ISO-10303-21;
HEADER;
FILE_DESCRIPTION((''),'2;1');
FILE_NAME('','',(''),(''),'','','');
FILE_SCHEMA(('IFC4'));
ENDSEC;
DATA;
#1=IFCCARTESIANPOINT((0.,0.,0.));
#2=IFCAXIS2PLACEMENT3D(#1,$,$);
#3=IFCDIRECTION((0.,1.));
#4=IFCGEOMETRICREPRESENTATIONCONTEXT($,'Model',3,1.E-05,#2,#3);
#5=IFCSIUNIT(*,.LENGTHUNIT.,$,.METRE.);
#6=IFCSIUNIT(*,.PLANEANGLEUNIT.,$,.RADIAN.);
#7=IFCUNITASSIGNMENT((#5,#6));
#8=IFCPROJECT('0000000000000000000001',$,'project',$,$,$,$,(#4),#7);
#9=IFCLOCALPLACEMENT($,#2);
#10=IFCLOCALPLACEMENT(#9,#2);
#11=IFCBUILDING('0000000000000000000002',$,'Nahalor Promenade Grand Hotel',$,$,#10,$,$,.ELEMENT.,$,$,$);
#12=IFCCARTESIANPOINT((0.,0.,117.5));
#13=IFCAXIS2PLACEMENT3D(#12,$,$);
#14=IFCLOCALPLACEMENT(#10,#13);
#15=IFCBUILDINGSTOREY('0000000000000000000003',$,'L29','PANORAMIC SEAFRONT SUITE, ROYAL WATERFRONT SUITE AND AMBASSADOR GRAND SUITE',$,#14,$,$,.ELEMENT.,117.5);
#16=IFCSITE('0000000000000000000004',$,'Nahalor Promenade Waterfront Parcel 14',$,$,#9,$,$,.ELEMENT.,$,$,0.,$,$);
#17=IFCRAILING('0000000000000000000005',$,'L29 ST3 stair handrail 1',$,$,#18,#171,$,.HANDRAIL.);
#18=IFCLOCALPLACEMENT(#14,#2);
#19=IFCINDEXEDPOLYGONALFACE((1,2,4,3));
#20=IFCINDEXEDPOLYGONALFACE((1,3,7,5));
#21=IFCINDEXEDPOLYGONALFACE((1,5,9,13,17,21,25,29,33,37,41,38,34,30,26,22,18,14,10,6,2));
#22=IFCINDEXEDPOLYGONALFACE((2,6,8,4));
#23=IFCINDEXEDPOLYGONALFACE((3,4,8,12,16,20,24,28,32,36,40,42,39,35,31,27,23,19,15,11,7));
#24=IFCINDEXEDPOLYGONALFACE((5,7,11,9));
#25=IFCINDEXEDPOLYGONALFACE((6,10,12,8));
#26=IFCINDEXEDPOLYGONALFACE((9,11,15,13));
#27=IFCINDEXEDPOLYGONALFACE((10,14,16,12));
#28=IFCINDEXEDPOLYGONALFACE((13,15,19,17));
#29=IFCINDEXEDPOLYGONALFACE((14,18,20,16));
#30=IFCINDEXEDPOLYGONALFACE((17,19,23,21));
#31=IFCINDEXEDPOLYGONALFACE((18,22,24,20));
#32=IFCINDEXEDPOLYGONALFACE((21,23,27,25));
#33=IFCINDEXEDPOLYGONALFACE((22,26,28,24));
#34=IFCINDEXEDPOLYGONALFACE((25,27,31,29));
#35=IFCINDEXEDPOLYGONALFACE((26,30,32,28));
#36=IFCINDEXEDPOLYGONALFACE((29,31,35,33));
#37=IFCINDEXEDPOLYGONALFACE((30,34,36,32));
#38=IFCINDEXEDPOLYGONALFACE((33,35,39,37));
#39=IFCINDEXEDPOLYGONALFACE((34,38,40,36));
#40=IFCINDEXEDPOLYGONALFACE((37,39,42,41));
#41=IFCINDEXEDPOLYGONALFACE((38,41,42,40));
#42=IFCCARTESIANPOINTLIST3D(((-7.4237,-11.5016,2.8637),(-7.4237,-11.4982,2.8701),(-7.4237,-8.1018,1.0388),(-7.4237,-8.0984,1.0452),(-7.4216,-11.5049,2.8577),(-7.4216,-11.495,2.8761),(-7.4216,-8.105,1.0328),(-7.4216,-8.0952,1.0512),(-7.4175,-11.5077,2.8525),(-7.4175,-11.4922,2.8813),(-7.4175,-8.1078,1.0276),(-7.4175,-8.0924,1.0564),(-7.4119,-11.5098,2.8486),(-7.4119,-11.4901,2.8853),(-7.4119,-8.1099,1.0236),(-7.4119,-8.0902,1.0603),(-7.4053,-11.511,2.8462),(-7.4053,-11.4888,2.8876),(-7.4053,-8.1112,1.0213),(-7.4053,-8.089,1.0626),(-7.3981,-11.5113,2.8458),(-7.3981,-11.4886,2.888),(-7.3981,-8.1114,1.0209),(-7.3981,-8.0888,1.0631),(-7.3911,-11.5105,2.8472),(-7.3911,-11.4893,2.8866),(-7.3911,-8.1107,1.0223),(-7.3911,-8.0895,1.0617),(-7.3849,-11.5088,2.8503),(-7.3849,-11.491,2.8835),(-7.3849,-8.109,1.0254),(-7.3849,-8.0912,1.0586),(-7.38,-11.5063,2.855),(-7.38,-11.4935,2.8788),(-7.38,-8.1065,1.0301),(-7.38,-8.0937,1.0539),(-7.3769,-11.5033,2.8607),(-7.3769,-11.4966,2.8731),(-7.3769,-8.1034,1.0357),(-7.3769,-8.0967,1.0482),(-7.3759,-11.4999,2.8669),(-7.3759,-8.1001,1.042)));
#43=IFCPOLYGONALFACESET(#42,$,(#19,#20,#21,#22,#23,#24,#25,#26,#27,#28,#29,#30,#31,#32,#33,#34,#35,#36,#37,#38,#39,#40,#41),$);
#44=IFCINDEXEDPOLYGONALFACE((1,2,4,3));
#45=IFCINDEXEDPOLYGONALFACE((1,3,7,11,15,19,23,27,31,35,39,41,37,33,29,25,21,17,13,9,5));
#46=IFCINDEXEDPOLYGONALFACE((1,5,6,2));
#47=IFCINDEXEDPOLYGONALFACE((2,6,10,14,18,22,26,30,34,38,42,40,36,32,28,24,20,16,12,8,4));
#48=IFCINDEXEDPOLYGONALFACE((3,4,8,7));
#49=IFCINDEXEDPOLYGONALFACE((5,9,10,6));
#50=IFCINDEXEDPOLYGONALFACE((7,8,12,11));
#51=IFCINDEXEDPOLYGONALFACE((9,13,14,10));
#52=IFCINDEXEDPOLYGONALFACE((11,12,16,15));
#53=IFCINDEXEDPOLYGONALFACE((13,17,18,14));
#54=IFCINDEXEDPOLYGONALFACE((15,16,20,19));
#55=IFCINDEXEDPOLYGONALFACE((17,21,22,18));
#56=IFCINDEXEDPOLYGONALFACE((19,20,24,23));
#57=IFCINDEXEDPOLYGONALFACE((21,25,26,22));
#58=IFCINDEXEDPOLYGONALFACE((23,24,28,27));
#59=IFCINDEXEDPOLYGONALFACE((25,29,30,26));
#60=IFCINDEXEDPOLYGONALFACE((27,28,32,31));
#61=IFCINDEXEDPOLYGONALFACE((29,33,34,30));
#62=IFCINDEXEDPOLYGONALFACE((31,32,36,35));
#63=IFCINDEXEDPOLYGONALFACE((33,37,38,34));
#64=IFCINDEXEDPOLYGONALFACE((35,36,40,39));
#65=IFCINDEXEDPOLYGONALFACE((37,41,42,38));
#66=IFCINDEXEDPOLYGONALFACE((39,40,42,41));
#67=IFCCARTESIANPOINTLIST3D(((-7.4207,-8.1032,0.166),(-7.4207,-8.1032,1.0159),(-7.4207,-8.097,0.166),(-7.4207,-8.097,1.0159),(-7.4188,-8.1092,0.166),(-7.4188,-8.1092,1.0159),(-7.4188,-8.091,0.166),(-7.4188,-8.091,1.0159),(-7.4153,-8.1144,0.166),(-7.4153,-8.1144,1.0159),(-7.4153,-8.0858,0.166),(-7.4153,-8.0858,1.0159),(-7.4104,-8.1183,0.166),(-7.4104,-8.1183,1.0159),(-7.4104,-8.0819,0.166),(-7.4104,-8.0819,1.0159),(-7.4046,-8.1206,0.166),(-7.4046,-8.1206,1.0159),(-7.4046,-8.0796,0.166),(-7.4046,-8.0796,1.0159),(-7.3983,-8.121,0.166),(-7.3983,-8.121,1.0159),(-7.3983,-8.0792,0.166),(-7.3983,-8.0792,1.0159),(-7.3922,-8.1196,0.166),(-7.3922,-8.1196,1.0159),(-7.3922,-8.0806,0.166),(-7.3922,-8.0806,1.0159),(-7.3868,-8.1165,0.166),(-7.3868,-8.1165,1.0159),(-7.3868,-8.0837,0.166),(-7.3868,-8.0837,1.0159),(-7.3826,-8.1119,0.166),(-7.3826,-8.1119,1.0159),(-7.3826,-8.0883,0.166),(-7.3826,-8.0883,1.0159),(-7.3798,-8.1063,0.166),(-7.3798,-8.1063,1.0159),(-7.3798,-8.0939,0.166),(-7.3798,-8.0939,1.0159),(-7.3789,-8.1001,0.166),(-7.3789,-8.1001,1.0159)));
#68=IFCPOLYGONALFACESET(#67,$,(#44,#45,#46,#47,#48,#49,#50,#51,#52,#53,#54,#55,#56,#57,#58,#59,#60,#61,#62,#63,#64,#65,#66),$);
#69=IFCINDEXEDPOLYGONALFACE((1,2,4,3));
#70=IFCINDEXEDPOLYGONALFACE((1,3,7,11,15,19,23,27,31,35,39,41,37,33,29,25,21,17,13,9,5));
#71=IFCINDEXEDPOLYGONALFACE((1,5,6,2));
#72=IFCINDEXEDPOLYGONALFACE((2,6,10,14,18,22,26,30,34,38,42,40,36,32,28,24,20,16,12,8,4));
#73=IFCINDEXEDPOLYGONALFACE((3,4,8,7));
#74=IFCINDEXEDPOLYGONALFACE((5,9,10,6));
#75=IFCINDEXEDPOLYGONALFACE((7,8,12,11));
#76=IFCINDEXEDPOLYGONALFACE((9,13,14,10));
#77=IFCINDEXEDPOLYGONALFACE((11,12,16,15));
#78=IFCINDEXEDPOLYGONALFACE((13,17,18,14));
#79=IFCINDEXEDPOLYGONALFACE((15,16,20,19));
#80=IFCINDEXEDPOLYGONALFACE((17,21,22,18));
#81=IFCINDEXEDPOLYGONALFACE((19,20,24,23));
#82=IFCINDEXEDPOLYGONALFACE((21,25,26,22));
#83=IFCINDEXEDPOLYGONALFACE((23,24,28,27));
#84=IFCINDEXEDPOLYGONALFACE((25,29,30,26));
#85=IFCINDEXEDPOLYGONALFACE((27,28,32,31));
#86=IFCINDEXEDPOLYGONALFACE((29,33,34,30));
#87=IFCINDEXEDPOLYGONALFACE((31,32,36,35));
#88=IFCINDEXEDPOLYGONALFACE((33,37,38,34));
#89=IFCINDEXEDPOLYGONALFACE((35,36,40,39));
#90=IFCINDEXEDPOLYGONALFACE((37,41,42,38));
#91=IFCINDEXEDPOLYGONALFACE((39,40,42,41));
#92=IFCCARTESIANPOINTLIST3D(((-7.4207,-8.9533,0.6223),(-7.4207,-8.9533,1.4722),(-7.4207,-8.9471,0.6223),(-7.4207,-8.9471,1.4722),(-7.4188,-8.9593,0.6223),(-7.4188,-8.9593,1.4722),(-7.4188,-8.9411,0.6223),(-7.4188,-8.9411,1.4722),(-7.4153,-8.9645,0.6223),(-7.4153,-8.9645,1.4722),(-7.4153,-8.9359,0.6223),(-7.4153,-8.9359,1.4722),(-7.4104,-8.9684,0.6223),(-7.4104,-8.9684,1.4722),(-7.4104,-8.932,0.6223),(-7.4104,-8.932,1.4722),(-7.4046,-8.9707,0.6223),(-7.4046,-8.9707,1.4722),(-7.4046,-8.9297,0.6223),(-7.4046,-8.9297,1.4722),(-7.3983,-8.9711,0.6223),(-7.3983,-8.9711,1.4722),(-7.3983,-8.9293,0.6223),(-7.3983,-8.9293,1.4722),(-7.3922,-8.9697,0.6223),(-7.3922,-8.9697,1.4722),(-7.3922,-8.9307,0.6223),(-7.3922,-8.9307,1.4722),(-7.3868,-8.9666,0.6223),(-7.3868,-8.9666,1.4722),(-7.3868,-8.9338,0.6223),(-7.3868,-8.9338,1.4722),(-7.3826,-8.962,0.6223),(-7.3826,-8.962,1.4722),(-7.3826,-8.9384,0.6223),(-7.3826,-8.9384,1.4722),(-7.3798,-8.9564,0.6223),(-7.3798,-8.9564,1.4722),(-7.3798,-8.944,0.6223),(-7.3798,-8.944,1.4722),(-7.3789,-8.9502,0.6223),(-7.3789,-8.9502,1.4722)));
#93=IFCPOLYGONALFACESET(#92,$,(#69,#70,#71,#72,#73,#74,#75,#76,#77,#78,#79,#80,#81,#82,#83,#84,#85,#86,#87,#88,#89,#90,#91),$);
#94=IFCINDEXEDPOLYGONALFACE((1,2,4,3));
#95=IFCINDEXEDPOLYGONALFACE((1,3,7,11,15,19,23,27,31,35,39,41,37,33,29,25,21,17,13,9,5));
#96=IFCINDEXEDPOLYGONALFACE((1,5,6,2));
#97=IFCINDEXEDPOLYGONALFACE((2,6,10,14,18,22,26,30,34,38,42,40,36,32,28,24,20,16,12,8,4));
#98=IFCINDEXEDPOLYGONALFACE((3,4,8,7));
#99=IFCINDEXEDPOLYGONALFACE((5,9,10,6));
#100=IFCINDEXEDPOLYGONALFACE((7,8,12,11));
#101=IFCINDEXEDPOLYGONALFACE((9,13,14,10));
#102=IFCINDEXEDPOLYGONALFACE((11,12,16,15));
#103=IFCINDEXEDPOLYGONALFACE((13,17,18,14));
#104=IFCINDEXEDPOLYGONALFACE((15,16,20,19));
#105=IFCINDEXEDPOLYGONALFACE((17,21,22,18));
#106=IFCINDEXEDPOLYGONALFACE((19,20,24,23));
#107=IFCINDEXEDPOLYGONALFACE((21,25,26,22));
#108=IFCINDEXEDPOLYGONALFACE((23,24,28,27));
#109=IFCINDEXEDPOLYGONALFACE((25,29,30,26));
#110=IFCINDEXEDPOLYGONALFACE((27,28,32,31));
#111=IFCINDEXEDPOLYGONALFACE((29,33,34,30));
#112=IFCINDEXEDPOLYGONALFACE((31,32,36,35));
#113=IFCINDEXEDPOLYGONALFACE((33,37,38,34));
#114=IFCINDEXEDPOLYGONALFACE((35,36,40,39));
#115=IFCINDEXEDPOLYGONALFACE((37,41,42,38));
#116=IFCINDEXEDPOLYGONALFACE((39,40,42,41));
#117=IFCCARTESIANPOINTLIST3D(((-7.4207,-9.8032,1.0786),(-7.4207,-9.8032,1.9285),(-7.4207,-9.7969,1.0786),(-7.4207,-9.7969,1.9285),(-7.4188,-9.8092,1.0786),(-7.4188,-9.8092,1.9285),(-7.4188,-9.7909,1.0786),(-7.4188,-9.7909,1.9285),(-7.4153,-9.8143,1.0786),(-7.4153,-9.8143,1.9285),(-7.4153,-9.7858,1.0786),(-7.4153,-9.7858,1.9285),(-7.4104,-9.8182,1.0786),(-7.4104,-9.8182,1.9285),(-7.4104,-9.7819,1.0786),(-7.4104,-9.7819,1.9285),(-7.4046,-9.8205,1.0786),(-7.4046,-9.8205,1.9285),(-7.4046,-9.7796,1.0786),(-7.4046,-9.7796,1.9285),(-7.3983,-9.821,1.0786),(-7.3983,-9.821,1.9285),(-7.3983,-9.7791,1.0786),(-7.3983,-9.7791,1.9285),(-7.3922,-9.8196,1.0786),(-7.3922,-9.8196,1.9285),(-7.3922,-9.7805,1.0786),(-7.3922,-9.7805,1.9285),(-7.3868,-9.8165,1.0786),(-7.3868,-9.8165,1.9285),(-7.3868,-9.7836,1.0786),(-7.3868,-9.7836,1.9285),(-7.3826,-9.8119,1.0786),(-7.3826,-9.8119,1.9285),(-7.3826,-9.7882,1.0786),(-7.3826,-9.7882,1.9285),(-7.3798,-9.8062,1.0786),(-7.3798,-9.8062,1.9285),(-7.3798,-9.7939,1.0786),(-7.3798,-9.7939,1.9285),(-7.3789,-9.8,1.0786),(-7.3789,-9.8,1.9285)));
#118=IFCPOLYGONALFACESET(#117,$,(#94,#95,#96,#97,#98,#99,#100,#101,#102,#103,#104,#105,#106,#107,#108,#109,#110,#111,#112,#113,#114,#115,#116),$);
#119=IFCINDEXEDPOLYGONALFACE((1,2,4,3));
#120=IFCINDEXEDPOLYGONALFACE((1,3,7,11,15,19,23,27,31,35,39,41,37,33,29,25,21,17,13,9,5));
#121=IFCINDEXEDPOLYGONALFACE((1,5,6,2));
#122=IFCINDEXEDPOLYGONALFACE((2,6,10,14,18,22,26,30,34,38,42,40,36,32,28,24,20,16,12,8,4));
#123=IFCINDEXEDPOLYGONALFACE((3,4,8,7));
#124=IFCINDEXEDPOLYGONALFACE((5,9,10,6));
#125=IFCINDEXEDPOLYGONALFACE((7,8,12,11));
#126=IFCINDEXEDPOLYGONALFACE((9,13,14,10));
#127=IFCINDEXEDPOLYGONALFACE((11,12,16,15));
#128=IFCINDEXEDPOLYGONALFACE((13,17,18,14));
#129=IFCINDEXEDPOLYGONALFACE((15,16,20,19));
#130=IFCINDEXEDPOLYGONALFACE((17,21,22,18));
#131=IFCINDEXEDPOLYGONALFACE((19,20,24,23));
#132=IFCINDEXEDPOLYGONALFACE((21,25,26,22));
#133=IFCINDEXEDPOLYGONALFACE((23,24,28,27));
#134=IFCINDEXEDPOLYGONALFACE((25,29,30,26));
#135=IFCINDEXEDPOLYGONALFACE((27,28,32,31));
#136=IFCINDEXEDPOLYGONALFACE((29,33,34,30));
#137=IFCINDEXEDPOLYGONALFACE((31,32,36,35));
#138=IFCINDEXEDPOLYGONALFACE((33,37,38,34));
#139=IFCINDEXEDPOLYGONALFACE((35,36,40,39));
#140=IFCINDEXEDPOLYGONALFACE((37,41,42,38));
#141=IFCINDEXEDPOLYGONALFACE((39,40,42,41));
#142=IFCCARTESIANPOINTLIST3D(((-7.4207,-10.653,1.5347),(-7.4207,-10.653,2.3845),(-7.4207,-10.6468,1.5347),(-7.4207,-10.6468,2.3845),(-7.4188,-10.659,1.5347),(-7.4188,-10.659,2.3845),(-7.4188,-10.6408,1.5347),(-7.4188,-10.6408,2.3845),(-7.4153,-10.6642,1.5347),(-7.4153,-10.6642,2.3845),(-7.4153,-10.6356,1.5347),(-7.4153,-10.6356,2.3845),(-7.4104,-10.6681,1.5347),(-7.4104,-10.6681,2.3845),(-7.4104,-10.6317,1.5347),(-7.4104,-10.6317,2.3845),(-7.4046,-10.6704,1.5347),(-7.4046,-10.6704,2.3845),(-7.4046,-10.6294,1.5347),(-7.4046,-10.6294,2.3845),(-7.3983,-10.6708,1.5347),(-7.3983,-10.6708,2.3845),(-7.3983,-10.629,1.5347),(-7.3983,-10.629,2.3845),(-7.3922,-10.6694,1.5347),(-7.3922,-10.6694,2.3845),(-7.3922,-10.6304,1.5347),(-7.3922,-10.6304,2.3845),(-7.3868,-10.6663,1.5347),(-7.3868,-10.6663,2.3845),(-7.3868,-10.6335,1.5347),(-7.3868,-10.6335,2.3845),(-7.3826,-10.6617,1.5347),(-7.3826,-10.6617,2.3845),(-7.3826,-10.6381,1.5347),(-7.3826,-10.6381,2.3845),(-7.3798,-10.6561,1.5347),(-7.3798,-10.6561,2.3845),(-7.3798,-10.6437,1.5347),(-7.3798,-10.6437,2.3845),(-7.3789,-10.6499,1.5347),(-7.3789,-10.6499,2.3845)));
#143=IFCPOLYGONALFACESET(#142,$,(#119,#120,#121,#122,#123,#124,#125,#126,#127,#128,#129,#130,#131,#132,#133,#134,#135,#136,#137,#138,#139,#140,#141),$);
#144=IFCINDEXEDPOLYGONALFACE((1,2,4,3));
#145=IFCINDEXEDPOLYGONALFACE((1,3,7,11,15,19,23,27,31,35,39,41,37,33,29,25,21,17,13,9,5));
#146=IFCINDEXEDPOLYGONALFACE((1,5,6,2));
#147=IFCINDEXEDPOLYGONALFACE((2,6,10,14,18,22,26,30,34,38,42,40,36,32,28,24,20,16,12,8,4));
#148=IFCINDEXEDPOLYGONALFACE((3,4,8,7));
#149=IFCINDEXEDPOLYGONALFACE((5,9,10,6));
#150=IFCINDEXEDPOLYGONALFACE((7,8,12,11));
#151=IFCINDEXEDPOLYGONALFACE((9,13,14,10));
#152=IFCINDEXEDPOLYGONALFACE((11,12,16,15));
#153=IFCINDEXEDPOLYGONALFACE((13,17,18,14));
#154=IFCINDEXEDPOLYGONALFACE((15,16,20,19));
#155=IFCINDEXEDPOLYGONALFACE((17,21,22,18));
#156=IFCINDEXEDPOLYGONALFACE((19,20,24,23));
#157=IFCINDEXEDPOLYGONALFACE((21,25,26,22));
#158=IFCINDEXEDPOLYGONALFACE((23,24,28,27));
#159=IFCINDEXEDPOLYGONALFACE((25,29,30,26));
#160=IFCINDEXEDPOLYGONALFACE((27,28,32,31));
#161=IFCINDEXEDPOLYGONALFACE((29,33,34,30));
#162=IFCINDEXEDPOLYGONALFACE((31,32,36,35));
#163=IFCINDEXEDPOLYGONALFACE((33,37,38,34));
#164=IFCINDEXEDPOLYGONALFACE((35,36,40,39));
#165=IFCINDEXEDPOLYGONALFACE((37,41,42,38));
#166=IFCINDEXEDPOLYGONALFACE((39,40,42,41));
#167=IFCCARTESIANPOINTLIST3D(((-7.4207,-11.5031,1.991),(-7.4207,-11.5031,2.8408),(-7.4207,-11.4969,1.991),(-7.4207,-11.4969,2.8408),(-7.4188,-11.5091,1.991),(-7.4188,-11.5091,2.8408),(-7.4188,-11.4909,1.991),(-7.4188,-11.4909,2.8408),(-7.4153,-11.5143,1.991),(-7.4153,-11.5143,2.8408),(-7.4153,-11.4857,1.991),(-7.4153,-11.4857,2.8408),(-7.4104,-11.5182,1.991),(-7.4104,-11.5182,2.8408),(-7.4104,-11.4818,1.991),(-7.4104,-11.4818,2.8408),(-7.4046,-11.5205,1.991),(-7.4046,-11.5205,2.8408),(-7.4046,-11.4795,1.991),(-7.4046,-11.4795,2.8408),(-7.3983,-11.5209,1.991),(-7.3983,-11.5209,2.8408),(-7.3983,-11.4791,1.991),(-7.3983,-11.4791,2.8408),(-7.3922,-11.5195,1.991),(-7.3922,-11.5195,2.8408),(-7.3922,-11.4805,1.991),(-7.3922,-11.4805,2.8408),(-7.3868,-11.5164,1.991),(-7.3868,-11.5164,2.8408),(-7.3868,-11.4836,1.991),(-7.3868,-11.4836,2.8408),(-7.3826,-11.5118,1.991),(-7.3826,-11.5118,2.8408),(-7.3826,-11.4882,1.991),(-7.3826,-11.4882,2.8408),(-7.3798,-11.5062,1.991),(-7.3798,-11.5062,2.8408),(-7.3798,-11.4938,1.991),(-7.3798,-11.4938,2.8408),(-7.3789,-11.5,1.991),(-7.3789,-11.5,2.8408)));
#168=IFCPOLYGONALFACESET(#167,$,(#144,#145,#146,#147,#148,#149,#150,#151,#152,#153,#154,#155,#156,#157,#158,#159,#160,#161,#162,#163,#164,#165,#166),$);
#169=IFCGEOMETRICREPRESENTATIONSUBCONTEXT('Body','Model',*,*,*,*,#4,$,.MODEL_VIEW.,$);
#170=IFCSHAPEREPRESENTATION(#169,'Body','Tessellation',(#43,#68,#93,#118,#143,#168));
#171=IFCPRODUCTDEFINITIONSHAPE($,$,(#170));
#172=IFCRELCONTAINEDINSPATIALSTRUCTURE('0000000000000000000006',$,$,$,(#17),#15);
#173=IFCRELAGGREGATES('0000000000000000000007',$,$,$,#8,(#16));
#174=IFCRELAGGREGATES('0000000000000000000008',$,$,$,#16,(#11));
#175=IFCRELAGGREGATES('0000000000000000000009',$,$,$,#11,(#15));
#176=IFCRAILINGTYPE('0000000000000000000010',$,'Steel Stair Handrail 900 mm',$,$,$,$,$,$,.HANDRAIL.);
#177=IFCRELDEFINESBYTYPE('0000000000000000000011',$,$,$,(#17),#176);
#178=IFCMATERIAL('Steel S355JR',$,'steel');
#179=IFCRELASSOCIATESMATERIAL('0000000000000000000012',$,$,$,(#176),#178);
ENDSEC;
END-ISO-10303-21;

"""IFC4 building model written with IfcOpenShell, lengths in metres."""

from ifc_helpers import new_model, si_unit, direction, frame, origin, origin_2d, place, context, subcontext, project, spatial, circle, extrude, material, type_object, element, save


model = new_model("IFC4")

# Units and contexts
model_context = context("Model", 3, precision=1e-05, world=origin(), true_north=direction((0.0, 1.0)))
body_context = subcontext(model_context, "Body", "Model", "MODEL_VIEW")
ifc_project = project(units=[si_unit("LENGTHUNIT", "METRE"), si_unit("PLANEANGLEUNIT", "RADIAN")], contexts=[model_context])

# Site, building, storey
site_placement = place(None, origin())
site = spatial("IfcSite", under=ifc_project, at=site_placement, Name="Nahalor Promenade Waterfront Parcel 14", CompositionType="ELEMENT", RefElevation=0.0)
building_placement = place(site_placement, origin())
building = spatial("IfcBuilding", under=site, at=building_placement, Name="Nahalor Promenade Grand Hotel", CompositionType="ELEMENT")
storey_placement = place(building_placement, frame((0.0, 0.0, 117.5)))
storey = spatial("IfcBuildingStorey", under=building, at=storey_placement, Name="L29", Description="PANORAMIC SEAFRONT SUITE, ROYAL WATERFRONT SUITE AND AMBASSADOR GRAND SUITE", CompositionType="ELEMENT", Elevation=117.5)

# Shared definitions
ifc_material_1 = material(Name="Steel S355JR", Category="steel")

# Railing
railing_type_1 = type_object("IfcRailingType", Name="Steel Stair Handrail 900 mm", PredefinedType="HANDRAIL", material=ifc_material_1)
railing_1_placement = place(storey_placement, frame((-7.3999, -8.1001, 0.166)))
element("IfcRailing", 1, at=railing_1_placement, inside=storey, type_object=railing_type_1, Name="L29 ST3 stair handrail 1", PredefinedType="HANDRAIL", context=body_context, shape_type="SweptSolid", body=[
    extrude(circle(Radius=0.024, at=origin_2d()), frame((0.0, 0.0, 0.876), z_axis=(0.0, -0.881094, 0.472941), x_axis=(1.0, 0.0, 0.0)), (0.0, 0.0, 1.0), 3.8586),
    extrude(circle(Radius=0.021, at=origin_2d()), origin(), (0.0, 0.0, 1.0), 0.8499),
    extrude(circle(Radius=0.021, at=origin_2d()), frame((0.0, -0.8501, 0.4563)), (0.0, 0.0, 1.0), 0.8499),
    extrude(circle(Radius=0.021, at=origin_2d()), frame((0.0, -1.7, 0.9126)), (0.0, 0.0, 1.0), 0.8499),
    extrude(circle(Radius=0.021, at=origin_2d()), frame((0.0, -2.5498, 1.3687)), (0.0, 0.0, 1.0), 0.8499),
    extrude(circle(Radius=0.021, at=origin_2d()), frame((0.0, -3.3999, 1.825)), (0.0, 0.0, 1.0), 0.8499),
])

save(model, "model.ifc")
